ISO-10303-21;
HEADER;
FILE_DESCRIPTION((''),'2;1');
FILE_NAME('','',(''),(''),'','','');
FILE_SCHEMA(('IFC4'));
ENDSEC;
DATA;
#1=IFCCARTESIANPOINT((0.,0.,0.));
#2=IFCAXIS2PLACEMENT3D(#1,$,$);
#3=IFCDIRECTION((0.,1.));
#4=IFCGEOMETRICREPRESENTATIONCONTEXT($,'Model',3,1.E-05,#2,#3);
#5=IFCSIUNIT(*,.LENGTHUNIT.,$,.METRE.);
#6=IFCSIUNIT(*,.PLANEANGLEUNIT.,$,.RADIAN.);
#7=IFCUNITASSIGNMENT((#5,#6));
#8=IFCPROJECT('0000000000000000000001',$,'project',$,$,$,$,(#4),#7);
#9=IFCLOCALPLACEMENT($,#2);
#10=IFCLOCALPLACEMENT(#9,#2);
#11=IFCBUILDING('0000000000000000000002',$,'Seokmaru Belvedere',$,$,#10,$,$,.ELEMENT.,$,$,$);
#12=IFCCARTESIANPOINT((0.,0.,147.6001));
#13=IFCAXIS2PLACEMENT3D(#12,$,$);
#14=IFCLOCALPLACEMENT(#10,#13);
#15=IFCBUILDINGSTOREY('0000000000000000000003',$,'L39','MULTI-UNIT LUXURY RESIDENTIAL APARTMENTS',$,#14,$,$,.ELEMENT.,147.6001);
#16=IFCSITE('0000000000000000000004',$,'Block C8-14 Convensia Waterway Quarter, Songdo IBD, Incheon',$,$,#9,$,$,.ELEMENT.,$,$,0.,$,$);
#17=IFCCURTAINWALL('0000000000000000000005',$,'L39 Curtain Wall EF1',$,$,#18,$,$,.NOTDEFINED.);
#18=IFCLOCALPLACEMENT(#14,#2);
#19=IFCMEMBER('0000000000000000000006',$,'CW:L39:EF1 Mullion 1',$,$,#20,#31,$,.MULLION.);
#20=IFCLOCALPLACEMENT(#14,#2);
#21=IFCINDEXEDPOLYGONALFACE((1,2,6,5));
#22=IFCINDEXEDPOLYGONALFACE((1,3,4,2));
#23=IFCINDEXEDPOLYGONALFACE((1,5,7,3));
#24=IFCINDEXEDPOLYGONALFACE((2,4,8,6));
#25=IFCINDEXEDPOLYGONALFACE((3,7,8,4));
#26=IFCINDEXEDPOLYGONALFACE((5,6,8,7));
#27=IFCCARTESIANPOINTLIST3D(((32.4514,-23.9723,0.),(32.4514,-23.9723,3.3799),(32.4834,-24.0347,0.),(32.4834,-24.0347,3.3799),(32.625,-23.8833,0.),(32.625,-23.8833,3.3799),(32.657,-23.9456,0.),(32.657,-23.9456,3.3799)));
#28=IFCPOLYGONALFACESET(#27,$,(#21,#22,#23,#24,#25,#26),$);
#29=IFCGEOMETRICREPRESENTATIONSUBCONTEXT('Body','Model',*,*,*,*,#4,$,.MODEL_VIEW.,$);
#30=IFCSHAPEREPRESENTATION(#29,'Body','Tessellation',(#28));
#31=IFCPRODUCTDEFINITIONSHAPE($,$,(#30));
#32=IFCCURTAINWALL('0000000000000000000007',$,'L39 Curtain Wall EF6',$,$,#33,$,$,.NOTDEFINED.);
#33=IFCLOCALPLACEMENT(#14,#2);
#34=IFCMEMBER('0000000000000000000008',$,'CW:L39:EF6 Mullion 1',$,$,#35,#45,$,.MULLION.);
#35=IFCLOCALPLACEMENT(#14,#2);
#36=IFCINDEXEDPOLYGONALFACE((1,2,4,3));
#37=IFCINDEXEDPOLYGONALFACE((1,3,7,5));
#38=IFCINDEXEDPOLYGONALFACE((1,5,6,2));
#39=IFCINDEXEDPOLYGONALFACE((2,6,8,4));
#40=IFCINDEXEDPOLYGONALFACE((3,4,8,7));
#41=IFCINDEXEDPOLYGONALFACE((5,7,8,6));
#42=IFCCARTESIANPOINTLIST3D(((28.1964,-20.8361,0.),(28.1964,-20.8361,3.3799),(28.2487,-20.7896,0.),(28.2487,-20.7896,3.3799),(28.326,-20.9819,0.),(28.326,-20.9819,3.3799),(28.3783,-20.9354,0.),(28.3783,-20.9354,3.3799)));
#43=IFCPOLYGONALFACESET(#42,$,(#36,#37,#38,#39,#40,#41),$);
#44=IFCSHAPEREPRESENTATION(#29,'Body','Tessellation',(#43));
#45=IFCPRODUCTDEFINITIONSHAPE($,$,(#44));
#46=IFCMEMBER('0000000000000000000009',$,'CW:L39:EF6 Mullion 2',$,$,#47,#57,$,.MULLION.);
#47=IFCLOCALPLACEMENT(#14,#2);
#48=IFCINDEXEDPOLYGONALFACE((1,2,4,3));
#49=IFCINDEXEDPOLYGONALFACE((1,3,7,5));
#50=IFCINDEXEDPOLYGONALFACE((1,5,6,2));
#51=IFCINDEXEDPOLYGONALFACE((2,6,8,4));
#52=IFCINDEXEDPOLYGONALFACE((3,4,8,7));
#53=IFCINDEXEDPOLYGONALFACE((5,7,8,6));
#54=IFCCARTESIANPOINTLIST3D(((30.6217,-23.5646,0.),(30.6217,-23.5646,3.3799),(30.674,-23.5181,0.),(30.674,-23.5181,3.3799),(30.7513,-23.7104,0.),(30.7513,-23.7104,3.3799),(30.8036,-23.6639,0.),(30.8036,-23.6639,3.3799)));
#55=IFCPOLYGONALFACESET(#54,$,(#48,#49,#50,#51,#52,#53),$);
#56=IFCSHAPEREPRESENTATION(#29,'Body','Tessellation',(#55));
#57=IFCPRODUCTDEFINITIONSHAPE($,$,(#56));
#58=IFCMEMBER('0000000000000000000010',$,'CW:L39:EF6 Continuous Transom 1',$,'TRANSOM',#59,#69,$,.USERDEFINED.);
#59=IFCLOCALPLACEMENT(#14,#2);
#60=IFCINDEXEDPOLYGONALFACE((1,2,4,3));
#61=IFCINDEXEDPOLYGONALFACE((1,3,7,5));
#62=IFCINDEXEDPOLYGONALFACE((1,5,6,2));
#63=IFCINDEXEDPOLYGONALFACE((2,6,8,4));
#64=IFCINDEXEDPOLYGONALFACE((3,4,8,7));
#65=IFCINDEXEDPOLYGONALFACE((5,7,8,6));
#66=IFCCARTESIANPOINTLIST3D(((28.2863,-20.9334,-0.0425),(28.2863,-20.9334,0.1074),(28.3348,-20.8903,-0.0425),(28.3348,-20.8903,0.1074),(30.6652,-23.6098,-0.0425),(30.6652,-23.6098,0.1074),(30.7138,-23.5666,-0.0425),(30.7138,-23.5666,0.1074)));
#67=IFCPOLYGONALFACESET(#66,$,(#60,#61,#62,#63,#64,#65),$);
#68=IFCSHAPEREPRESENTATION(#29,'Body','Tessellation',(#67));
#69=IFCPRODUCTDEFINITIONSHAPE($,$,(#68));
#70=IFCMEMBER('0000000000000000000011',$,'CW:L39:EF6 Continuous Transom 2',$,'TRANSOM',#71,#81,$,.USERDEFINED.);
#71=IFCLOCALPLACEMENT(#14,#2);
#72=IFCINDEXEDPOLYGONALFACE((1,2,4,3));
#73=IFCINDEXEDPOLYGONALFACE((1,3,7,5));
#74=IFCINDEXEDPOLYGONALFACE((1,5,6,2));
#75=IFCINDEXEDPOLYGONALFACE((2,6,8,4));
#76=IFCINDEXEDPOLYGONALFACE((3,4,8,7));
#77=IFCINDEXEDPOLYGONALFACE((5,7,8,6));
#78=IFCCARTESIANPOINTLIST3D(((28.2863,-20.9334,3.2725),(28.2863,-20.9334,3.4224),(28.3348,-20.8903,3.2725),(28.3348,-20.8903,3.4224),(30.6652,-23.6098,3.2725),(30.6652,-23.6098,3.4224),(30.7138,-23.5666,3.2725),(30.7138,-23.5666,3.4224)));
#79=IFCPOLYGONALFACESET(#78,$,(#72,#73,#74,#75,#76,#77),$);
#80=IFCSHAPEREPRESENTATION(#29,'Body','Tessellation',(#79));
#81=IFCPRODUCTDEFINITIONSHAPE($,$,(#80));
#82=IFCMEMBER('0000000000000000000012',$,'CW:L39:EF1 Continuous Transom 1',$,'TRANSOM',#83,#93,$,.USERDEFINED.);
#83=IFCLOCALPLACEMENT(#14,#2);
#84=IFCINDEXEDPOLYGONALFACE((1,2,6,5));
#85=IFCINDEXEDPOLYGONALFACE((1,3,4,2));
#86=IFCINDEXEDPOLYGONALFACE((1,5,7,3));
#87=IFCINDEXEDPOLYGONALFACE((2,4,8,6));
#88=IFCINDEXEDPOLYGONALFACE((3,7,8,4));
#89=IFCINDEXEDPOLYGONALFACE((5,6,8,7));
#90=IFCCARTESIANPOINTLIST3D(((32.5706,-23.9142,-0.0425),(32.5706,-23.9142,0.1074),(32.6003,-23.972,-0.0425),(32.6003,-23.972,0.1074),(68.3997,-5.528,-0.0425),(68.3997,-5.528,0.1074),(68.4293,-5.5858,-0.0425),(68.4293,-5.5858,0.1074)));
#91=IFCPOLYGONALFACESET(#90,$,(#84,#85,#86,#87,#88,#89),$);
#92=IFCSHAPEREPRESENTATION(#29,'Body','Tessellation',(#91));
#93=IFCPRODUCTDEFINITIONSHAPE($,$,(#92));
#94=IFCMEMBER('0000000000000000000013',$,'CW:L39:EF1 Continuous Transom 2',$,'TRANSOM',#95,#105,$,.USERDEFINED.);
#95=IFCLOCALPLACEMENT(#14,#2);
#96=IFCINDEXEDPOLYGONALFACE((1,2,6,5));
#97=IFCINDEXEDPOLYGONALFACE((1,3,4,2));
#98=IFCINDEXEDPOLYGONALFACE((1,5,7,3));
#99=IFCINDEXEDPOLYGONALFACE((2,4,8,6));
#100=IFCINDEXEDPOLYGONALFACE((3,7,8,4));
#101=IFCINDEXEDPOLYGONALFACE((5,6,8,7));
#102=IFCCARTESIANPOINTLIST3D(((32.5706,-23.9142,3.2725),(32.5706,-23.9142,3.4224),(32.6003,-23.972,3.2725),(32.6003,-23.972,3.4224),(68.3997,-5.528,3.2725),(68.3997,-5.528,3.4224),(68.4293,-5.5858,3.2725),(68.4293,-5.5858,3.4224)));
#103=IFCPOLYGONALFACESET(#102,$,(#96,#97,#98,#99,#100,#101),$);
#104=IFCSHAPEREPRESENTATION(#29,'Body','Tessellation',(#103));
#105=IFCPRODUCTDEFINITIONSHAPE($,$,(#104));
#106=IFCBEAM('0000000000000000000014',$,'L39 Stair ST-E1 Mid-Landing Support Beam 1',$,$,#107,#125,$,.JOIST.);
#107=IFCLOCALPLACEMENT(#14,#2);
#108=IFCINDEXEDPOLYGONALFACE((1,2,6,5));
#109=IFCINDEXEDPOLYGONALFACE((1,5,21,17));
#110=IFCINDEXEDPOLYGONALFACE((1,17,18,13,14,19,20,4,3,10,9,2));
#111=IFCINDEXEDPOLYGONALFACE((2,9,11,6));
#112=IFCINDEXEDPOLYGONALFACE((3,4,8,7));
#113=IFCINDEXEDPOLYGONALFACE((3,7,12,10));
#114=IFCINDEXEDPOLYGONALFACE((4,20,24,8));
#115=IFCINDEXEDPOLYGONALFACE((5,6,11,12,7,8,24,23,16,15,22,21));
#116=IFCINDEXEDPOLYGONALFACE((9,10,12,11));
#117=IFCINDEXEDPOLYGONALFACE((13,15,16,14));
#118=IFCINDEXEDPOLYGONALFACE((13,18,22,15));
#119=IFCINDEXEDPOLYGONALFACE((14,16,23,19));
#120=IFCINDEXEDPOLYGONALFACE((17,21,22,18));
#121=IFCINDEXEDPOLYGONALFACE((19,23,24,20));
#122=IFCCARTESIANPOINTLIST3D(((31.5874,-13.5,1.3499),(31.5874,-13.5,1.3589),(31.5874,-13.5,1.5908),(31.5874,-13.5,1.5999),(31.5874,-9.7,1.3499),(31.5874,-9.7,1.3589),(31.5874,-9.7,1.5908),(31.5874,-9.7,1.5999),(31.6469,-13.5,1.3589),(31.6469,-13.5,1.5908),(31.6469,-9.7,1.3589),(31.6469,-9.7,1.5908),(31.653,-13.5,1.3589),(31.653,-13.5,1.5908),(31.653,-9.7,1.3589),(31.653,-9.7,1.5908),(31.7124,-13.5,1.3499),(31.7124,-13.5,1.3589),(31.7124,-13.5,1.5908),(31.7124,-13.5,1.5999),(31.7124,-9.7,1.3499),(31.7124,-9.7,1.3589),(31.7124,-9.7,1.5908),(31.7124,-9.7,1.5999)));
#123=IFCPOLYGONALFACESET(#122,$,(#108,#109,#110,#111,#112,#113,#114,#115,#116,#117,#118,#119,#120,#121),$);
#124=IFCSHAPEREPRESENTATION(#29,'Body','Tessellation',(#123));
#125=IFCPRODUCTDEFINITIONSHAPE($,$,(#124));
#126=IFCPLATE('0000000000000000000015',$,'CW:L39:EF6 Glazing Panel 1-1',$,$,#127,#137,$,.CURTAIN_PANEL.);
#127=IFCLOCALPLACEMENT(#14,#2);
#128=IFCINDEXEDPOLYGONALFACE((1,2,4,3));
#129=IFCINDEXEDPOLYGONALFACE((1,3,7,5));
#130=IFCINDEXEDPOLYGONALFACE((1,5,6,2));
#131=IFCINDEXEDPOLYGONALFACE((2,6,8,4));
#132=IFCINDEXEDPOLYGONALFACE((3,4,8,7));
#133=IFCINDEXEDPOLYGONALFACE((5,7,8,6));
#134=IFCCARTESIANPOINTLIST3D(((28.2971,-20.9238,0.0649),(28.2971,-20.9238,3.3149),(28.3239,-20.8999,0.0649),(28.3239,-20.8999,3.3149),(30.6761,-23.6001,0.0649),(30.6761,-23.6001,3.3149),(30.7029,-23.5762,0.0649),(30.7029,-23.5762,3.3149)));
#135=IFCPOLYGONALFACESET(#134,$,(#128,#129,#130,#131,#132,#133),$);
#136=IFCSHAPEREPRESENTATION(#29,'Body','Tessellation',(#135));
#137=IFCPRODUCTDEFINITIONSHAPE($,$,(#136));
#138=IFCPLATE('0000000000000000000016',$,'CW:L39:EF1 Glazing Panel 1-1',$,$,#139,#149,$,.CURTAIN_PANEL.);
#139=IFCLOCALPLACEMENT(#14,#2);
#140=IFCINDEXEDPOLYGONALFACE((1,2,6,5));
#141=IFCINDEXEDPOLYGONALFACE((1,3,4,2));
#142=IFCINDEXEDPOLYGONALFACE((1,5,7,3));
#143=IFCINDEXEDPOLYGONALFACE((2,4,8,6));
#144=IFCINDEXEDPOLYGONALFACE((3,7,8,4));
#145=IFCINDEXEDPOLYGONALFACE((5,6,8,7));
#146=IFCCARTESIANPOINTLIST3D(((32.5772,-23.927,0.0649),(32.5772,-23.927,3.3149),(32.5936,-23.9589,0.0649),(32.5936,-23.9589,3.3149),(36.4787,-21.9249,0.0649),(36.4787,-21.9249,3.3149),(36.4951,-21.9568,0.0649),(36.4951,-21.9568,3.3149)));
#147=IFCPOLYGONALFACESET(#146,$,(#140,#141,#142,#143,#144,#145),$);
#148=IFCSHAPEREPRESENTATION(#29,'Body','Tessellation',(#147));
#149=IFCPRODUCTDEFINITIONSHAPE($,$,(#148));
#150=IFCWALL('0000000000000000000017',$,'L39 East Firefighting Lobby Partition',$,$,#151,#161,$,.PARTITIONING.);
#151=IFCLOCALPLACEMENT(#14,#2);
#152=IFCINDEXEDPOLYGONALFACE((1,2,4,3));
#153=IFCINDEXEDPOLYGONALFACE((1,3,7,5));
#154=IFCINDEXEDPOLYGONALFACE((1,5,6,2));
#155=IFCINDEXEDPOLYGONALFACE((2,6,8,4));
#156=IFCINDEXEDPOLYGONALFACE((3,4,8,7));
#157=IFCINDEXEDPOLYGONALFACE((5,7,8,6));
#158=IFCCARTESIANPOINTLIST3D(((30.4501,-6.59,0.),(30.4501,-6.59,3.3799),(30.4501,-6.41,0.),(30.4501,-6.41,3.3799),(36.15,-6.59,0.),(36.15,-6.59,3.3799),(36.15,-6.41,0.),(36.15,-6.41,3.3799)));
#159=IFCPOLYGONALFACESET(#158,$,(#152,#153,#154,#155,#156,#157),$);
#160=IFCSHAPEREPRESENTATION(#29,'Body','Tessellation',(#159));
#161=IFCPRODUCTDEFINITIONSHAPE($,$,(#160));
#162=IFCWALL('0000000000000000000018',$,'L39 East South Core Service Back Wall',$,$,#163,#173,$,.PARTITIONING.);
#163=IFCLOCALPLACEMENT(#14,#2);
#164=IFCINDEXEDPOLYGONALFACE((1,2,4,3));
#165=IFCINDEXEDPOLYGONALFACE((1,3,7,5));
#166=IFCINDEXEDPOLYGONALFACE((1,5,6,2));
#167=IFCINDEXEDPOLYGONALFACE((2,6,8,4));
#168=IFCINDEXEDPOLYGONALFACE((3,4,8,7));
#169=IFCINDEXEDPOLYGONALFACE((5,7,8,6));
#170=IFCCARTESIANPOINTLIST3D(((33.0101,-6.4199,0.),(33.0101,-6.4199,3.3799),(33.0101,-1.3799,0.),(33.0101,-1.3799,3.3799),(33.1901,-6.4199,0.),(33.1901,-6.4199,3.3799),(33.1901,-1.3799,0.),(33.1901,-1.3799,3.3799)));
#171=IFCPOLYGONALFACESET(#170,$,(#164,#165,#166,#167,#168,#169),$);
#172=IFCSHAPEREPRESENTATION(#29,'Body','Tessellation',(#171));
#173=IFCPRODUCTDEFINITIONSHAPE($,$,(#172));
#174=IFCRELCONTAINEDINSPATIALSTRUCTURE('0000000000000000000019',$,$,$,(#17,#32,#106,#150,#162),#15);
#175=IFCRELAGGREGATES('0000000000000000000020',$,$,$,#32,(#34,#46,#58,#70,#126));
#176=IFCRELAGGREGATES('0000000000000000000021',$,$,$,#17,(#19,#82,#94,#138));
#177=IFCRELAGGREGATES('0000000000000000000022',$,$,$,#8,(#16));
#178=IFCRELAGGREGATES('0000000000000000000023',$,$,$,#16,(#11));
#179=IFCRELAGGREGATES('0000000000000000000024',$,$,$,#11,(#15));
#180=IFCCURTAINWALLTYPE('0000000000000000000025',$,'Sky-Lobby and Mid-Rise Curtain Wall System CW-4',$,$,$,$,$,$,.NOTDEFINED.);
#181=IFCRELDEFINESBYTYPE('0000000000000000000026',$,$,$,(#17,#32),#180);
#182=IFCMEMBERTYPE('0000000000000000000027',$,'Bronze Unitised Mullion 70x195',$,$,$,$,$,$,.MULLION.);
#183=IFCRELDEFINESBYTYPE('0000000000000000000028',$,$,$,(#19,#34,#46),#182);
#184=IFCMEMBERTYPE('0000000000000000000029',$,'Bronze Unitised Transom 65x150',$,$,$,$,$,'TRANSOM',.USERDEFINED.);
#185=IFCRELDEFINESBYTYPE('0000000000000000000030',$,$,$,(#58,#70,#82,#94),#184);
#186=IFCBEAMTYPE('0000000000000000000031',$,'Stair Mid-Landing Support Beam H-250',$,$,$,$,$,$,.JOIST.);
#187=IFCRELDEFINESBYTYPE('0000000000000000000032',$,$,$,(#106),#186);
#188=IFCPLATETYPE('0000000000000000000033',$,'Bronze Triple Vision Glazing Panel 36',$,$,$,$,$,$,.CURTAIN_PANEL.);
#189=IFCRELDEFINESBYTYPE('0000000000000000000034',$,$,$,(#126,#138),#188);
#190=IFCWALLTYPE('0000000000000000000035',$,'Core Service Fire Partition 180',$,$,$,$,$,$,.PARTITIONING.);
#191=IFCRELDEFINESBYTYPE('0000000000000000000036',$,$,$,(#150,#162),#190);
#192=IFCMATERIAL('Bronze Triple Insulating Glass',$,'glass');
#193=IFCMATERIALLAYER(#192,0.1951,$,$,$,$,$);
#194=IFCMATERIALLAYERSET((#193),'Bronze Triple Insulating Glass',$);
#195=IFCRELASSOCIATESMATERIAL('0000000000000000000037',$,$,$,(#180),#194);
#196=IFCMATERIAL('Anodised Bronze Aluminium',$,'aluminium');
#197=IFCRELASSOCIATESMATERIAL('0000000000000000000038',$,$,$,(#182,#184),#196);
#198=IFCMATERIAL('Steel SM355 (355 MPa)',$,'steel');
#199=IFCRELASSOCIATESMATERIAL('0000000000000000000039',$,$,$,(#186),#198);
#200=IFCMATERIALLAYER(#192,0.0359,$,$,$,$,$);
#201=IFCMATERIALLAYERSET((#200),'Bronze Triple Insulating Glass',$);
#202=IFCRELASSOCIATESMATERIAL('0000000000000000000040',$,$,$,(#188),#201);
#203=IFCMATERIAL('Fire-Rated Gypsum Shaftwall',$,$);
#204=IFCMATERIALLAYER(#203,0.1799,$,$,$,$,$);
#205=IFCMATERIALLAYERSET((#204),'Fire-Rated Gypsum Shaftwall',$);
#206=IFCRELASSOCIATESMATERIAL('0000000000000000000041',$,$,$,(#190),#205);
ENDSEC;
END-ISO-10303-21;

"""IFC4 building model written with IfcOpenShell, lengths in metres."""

from ifc_helpers import new_model, si_unit, direction, frame, frame_2d, origin, origin_2d, place, context, subcontext, project, spatial, rectangle, i_section, extrude, source, transform, mapped, material, layer, layer_set, material_profile, profile_set, type_object, type_shapes, element, aggregate, save


model = new_model("IFC4")

# Units and contexts
model_context = context("Model", 3, precision=1e-05, world=origin(), true_north=direction((0.0, 1.0)))
body_context = subcontext(model_context, "Body", "Model", "MODEL_VIEW")
ifc_project = project(units=[si_unit("LENGTHUNIT", "METRE"), si_unit("PLANEANGLEUNIT", "RADIAN")], contexts=[model_context])

# Site, building, storey
site_placement = place(None, origin())
site = spatial("IfcSite", under=ifc_project, at=site_placement, Name="Block C8-14 Convensia Waterway Quarter, Songdo IBD, Incheon", CompositionType="ELEMENT", RefElevation=0.0)
building_placement = place(site_placement, origin())
building = spatial("IfcBuilding", under=site, at=building_placement, Name="Seokmaru Belvedere", CompositionType="ELEMENT")
storey_placement = place(building_placement, frame((0.0, 0.0, 147.6001)))
storey = spatial("IfcBuildingStorey", under=building, at=storey_placement, Name="L39", Description="MULTI-UNIT LUXURY RESIDENTIAL APARTMENTS", CompositionType="ELEMENT", Elevation=147.6001)

# Shared definitions
ifc_material_1 = material(Name="Steel SM355 (355 MPa)", Category="steel")

# Curtain wall, member
ifc_material_2 = material(Name="Bronze Triple Insulating Glass", Category="glass")
ifc_layer_1 = layer(ifc_material_2, 0.1951)
ifc_layer_set_1 = layer_set([ifc_layer_1], Name="Bronze Triple Insulating Glass")
curtain_wall_type = type_object("IfcCurtainWallType", Name="Sky-Lobby and Mid-Rise Curtain Wall System CW-4", PredefinedType="NOTDEFINED", material=ifc_layer_set_1)
curtain_wall_1_placement = place(storey_placement, origin())
curtain_wall_1 = element("IfcCurtainWall", 1, at=curtain_wall_1_placement, inside=storey, type_object=curtain_wall_type, Name="L39 Curtain Wall EF1", PredefinedType="NOTDEFINED")
ifc_material_3 = material(Name="Anodised Bronze Aluminium", Category="aluminium")
ifc_material_profile_1 = material_profile(ifc_material_3, rectangle(XDim=0.0701, YDim=0.1951, at=origin_2d()), Name="CW-M-70x195")
ifc_profile_set_1 = profile_set([ifc_material_profile_1], Name="Anodised Bronze Aluminium")
member_type_1 = type_object("IfcMemberType", Name="Bronze Unitised Mullion 70x195", PredefinedType="MULLION", material=ifc_profile_set_1)
shared_shape_1 = source(origin(), body_context, "Body", "SweptSolid", [
    extrude(rectangle(XDim=0.0701, YDim=0.1951, at=origin_2d()), origin(), (0.0, 0.0, 1.0), 3.3799),
])
type_shapes(member_type_1, [shared_shape_1])
member_1_placement = place(storey_placement, frame((32.5542, -23.959, 0.0), z_axis=(0.0, 0.0, 1.0), x_axis=(-0.456555, 0.889695, 0.0)))
member_1 = element("IfcMember", 2, at=member_1_placement, type_object=member_type_1, Name="CW:L39:EF1 Mullion 1", PredefinedType="MULLION", context=body_context, shape_type="MappedRepresentation", body=[
    mapped(shared_shape_1, transform((0.0, 0.0, 0.0), scale=1.0)),
])

# Curtain wall, members
curtain_wall_2_placement = place(storey_placement, origin())
curtain_wall_2 = element("IfcCurtainWall", 3, at=curtain_wall_2_placement, inside=storey, type_object=curtain_wall_type, Name="L39 Curtain Wall EF6", PredefinedType="NOTDEFINED")
member_2_placement = place(storey_placement, frame((28.2874, -20.8857, 0.0), z_axis=(0.0, 0.0, 1.0), x_axis=(0.74741, 0.664363, 0.0)))
member_2 = element("IfcMember", 4, at=member_2_placement, type_object=member_type_1, Name="CW:L39:EF6 Mullion 1", PredefinedType="MULLION", context=body_context, shape_type="MappedRepresentation", body=[
    mapped(shared_shape_1, transform((0.0, 0.0, 0.0), scale=1.0)),
])
member_3_placement = place(storey_placement, frame((30.7126, -23.6143, 0.0), z_axis=(0.0, 0.0, 1.0), x_axis=(0.74741, 0.664363, 0.0)))
member_3 = element("IfcMember", 5, at=member_3_placement, type_object=member_type_1, Name="CW:L39:EF6 Mullion 2", PredefinedType="MULLION", context=body_context, shape_type="MappedRepresentation", body=[
    mapped(shared_shape_1, transform((0.0, 0.0, 0.0), scale=1.0)),
])
ifc_material_profile_2 = material_profile(ifc_material_3, rectangle(XDim=0.0649, YDim=0.1499, at=origin_2d()), Name="CW-T-65x150")
ifc_profile_set_2 = profile_set([ifc_material_profile_2], Name="Anodised Bronze Aluminium")
member_type_2 = type_object("IfcMemberType", Name="Bronze Unitised Transom 65x150", ElementType="TRANSOM", PredefinedType="USERDEFINED", material=ifc_profile_set_2)
shared_shape_2 = source(origin(), body_context, "Body", "SweptSolid", [
    extrude(rectangle(XDim=0.0649, YDim=0.1499, at=origin_2d()), origin(), (0.0, 0.0, 1.0), 3.5808),
])
member_4_placement = place(storey_placement, frame((28.3105, -20.9119, 0.0325), z_axis=(0.664364, -0.747409, 0.0), x_axis=(0.747409, 0.664364, 0.0)))
member_4 = element("IfcMember", 6, at=member_4_placement, type_object=member_type_2, Name="CW:L39:EF6 Continuous Transom 1", ObjectType="TRANSOM", PredefinedType="USERDEFINED", context=body_context, shape_type="MappedRepresentation", body=[
    mapped(shared_shape_2, transform((0.0, 0.0, 0.0), scale=1.0)),
])
member_5_placement = place(storey_placement, frame((28.3105, -20.9119, 3.3474), z_axis=(0.664364, -0.747409, 0.0), x_axis=(0.747409, 0.664364, 0.0)))
member_5 = element("IfcMember", 7, at=member_5_placement, type_object=member_type_2, Name="CW:L39:EF6 Continuous Transom 2", ObjectType="TRANSOM", PredefinedType="USERDEFINED", context=body_context, shape_type="MappedRepresentation", body=[
    mapped(shared_shape_2, transform((0.0, 0.0, 0.0), scale=1.0)),
])

# Members
shared_shape_3 = source(origin(), body_context, "Body", "SweptSolid", [
    extrude(rectangle(XDim=0.0649, YDim=0.1499, at=origin_2d()), origin(), (0.0, 0.0, 1.0), 40.2712),
])
type_shapes(member_type_2, [shared_shape_2, shared_shape_3])
member_6_placement = place(storey_placement, frame((32.5854, -23.9431, 0.0325), z_axis=(0.889693, 0.456559, 0.0), x_axis=(-0.456559, 0.889693, 0.0)))
member_6 = element("IfcMember", 8, at=member_6_placement, type_object=member_type_2, Name="CW:L39:EF1 Continuous Transom 1", ObjectType="TRANSOM", PredefinedType="USERDEFINED", context=body_context, shape_type="MappedRepresentation", body=[
    mapped(shared_shape_3, transform((0.0, 0.0, 0.0), scale=1.0)),
])
member_7_placement = place(storey_placement, frame((32.5854, -23.9431, 3.3474), z_axis=(0.889693, 0.456559, 0.0), x_axis=(-0.456559, 0.889693, 0.0)))
member_7 = element("IfcMember", 9, at=member_7_placement, type_object=member_type_2, Name="CW:L39:EF1 Continuous Transom 2", ObjectType="TRANSOM", PredefinedType="USERDEFINED", context=body_context, shape_type="MappedRepresentation", body=[
    mapped(shared_shape_3, transform((0.0, 0.0, 0.0), scale=1.0)),
])

# Beam
ifc_material_profile_3 = material_profile(ifc_material_1, i_section(OverallWidth=0.125, OverallDepth=0.25, WebThickness=0.0061, FlangeThickness=0.009, at=origin_2d()), Name="H-250x125x6x9")
ifc_profile_set_3 = profile_set([ifc_material_profile_3], Name="Steel SM355 (355 MPa)")
beam_type_1 = type_object("IfcBeamType", Name="Stair Mid-Landing Support Beam H-250", PredefinedType="JOIST", material=ifc_profile_set_3)
shared_shape_4 = source(origin(), body_context, "Body", "SweptSolid", [
    extrude(i_section(OverallWidth=0.125, OverallDepth=0.25, WebThickness=0.0061, FlangeThickness=0.009, at=origin_2d()), origin(), (0.0, 0.0, 1.0), 3.8),
])
type_shapes(beam_type_1, [shared_shape_4])
beam_1_placement = place(storey_placement, frame((31.6499, -13.5, 1.4749), z_axis=(0.0, 1.0, 0.0), x_axis=(-1.0, 0.0, 0.0)))
element("IfcBeam", 10, at=beam_1_placement, inside=storey, type_object=beam_type_1, Name="L39 Stair ST-E1 Mid-Landing Support Beam 1", PredefinedType="JOIST", context=body_context, shape_type="MappedRepresentation", body=[
    mapped(shared_shape_4, transform((0.0, 0.0, 0.0), scale=1.0)),
])

# Plates
ifc_layer_2 = layer(ifc_material_2, 0.0359)
ifc_layer_set_2 = layer_set([ifc_layer_2], Name="Bronze Triple Insulating Glass")
plate_type = type_object("IfcPlateType", Name="Bronze Triple Vision Glazing Panel 36", PredefinedType="CURTAIN_PANEL", material=ifc_layer_set_2)
shared_shape_5 = source(origin(), body_context, "Body", "SweptSolid", [
    extrude(rectangle(XDim=3.5808, YDim=0.0359, at=origin_2d()), origin(), (0.0, 0.0, 1.0), 3.25),
])
plate_1_placement = place(storey_placement, frame((29.5, -22.25, 0.0649), z_axis=(0.0, 0.0, 1.0), x_axis=(0.664363, -0.74741, 0.0)))
plate_1 = element("IfcPlate", 11, at=plate_1_placement, type_object=plate_type, Name="CW:L39:EF6 Glazing Panel 1-1", PredefinedType="CURTAIN_PANEL", context=body_context, shape_type="MappedRepresentation", body=[
    mapped(shared_shape_5, transform((0.0, 0.0, 0.0), scale=1.0)),
])
aggregate(curtain_wall_2, [member_2, member_3, member_4, member_5, plate_1])
shared_shape_6 = source(origin(), body_context, "Body", "SweptSolid", [
    extrude(rectangle(XDim=4.3853, YDim=0.0359, at=origin_2d()), origin(), (0.0, 0.0, 1.0), 3.25),
])
type_shapes(plate_type, [shared_shape_5, shared_shape_6])
plate_2_placement = place(storey_placement, frame((34.5361, -22.9419, 0.0649), z_axis=(0.0, 0.0, 1.0), x_axis=(0.889695, 0.456555, 0.0)))
plate_2 = element("IfcPlate", 12, at=plate_2_placement, type_object=plate_type, Name="CW:L39:EF1 Glazing Panel 1-1", PredefinedType="CURTAIN_PANEL", context=body_context, shape_type="MappedRepresentation", body=[
    mapped(shared_shape_6, transform((0.0, 0.0, 0.0), scale=1.0)),
])
aggregate(curtain_wall_1, [member_1, member_6, member_7, plate_2])

# Walls
ifc_material_4 = material(Name="Fire-Rated Gypsum Shaftwall")
ifc_layer_3 = layer(ifc_material_4, 0.1799)
ifc_layer_set_3 = layer_set([ifc_layer_3], Name="Fire-Rated Gypsum Shaftwall")
wall_type_1 = type_object("IfcWallType", Name="Core Service Fire Partition 180", PredefinedType="PARTITIONING", material=ifc_layer_set_3)
wall_1_placement = place(storey_placement, frame((30.45, -6.5, 0.0), z_axis=(0.0, 0.0, 1.0), x_axis=(1.0, 0.0, 0.0)))
element("IfcWall", 13, at=wall_1_placement, inside=storey, type_object=wall_type_1, Name="L39 East Firefighting Lobby Partition", PredefinedType="PARTITIONING", context=body_context, shape_type="SweptSolid", body=[
    extrude(rectangle(XDim=5.7, YDim=0.1799, at=frame_2d((2.8501, 0.0))), origin(), (0.0, 0.0, 1.0), 3.3799),
])
wall_2_placement = place(storey_placement, frame((33.1001, -6.4199, 0.0), z_axis=(0.0, 0.0, 1.0), x_axis=(0.0, 1.0, 0.0)))
element("IfcWall", 14, at=wall_2_placement, inside=storey, type_object=wall_type_1, Name="L39 East South Core Service Back Wall", PredefinedType="PARTITIONING", context=body_context, shape_type="SweptSolid", body=[
    extrude(rectangle(XDim=5.04, YDim=0.1799, at=frame_2d((2.52, 0.0))), origin(), (0.0, 0.0, 1.0), 3.3799),
])

save(model, "model.ifc")
